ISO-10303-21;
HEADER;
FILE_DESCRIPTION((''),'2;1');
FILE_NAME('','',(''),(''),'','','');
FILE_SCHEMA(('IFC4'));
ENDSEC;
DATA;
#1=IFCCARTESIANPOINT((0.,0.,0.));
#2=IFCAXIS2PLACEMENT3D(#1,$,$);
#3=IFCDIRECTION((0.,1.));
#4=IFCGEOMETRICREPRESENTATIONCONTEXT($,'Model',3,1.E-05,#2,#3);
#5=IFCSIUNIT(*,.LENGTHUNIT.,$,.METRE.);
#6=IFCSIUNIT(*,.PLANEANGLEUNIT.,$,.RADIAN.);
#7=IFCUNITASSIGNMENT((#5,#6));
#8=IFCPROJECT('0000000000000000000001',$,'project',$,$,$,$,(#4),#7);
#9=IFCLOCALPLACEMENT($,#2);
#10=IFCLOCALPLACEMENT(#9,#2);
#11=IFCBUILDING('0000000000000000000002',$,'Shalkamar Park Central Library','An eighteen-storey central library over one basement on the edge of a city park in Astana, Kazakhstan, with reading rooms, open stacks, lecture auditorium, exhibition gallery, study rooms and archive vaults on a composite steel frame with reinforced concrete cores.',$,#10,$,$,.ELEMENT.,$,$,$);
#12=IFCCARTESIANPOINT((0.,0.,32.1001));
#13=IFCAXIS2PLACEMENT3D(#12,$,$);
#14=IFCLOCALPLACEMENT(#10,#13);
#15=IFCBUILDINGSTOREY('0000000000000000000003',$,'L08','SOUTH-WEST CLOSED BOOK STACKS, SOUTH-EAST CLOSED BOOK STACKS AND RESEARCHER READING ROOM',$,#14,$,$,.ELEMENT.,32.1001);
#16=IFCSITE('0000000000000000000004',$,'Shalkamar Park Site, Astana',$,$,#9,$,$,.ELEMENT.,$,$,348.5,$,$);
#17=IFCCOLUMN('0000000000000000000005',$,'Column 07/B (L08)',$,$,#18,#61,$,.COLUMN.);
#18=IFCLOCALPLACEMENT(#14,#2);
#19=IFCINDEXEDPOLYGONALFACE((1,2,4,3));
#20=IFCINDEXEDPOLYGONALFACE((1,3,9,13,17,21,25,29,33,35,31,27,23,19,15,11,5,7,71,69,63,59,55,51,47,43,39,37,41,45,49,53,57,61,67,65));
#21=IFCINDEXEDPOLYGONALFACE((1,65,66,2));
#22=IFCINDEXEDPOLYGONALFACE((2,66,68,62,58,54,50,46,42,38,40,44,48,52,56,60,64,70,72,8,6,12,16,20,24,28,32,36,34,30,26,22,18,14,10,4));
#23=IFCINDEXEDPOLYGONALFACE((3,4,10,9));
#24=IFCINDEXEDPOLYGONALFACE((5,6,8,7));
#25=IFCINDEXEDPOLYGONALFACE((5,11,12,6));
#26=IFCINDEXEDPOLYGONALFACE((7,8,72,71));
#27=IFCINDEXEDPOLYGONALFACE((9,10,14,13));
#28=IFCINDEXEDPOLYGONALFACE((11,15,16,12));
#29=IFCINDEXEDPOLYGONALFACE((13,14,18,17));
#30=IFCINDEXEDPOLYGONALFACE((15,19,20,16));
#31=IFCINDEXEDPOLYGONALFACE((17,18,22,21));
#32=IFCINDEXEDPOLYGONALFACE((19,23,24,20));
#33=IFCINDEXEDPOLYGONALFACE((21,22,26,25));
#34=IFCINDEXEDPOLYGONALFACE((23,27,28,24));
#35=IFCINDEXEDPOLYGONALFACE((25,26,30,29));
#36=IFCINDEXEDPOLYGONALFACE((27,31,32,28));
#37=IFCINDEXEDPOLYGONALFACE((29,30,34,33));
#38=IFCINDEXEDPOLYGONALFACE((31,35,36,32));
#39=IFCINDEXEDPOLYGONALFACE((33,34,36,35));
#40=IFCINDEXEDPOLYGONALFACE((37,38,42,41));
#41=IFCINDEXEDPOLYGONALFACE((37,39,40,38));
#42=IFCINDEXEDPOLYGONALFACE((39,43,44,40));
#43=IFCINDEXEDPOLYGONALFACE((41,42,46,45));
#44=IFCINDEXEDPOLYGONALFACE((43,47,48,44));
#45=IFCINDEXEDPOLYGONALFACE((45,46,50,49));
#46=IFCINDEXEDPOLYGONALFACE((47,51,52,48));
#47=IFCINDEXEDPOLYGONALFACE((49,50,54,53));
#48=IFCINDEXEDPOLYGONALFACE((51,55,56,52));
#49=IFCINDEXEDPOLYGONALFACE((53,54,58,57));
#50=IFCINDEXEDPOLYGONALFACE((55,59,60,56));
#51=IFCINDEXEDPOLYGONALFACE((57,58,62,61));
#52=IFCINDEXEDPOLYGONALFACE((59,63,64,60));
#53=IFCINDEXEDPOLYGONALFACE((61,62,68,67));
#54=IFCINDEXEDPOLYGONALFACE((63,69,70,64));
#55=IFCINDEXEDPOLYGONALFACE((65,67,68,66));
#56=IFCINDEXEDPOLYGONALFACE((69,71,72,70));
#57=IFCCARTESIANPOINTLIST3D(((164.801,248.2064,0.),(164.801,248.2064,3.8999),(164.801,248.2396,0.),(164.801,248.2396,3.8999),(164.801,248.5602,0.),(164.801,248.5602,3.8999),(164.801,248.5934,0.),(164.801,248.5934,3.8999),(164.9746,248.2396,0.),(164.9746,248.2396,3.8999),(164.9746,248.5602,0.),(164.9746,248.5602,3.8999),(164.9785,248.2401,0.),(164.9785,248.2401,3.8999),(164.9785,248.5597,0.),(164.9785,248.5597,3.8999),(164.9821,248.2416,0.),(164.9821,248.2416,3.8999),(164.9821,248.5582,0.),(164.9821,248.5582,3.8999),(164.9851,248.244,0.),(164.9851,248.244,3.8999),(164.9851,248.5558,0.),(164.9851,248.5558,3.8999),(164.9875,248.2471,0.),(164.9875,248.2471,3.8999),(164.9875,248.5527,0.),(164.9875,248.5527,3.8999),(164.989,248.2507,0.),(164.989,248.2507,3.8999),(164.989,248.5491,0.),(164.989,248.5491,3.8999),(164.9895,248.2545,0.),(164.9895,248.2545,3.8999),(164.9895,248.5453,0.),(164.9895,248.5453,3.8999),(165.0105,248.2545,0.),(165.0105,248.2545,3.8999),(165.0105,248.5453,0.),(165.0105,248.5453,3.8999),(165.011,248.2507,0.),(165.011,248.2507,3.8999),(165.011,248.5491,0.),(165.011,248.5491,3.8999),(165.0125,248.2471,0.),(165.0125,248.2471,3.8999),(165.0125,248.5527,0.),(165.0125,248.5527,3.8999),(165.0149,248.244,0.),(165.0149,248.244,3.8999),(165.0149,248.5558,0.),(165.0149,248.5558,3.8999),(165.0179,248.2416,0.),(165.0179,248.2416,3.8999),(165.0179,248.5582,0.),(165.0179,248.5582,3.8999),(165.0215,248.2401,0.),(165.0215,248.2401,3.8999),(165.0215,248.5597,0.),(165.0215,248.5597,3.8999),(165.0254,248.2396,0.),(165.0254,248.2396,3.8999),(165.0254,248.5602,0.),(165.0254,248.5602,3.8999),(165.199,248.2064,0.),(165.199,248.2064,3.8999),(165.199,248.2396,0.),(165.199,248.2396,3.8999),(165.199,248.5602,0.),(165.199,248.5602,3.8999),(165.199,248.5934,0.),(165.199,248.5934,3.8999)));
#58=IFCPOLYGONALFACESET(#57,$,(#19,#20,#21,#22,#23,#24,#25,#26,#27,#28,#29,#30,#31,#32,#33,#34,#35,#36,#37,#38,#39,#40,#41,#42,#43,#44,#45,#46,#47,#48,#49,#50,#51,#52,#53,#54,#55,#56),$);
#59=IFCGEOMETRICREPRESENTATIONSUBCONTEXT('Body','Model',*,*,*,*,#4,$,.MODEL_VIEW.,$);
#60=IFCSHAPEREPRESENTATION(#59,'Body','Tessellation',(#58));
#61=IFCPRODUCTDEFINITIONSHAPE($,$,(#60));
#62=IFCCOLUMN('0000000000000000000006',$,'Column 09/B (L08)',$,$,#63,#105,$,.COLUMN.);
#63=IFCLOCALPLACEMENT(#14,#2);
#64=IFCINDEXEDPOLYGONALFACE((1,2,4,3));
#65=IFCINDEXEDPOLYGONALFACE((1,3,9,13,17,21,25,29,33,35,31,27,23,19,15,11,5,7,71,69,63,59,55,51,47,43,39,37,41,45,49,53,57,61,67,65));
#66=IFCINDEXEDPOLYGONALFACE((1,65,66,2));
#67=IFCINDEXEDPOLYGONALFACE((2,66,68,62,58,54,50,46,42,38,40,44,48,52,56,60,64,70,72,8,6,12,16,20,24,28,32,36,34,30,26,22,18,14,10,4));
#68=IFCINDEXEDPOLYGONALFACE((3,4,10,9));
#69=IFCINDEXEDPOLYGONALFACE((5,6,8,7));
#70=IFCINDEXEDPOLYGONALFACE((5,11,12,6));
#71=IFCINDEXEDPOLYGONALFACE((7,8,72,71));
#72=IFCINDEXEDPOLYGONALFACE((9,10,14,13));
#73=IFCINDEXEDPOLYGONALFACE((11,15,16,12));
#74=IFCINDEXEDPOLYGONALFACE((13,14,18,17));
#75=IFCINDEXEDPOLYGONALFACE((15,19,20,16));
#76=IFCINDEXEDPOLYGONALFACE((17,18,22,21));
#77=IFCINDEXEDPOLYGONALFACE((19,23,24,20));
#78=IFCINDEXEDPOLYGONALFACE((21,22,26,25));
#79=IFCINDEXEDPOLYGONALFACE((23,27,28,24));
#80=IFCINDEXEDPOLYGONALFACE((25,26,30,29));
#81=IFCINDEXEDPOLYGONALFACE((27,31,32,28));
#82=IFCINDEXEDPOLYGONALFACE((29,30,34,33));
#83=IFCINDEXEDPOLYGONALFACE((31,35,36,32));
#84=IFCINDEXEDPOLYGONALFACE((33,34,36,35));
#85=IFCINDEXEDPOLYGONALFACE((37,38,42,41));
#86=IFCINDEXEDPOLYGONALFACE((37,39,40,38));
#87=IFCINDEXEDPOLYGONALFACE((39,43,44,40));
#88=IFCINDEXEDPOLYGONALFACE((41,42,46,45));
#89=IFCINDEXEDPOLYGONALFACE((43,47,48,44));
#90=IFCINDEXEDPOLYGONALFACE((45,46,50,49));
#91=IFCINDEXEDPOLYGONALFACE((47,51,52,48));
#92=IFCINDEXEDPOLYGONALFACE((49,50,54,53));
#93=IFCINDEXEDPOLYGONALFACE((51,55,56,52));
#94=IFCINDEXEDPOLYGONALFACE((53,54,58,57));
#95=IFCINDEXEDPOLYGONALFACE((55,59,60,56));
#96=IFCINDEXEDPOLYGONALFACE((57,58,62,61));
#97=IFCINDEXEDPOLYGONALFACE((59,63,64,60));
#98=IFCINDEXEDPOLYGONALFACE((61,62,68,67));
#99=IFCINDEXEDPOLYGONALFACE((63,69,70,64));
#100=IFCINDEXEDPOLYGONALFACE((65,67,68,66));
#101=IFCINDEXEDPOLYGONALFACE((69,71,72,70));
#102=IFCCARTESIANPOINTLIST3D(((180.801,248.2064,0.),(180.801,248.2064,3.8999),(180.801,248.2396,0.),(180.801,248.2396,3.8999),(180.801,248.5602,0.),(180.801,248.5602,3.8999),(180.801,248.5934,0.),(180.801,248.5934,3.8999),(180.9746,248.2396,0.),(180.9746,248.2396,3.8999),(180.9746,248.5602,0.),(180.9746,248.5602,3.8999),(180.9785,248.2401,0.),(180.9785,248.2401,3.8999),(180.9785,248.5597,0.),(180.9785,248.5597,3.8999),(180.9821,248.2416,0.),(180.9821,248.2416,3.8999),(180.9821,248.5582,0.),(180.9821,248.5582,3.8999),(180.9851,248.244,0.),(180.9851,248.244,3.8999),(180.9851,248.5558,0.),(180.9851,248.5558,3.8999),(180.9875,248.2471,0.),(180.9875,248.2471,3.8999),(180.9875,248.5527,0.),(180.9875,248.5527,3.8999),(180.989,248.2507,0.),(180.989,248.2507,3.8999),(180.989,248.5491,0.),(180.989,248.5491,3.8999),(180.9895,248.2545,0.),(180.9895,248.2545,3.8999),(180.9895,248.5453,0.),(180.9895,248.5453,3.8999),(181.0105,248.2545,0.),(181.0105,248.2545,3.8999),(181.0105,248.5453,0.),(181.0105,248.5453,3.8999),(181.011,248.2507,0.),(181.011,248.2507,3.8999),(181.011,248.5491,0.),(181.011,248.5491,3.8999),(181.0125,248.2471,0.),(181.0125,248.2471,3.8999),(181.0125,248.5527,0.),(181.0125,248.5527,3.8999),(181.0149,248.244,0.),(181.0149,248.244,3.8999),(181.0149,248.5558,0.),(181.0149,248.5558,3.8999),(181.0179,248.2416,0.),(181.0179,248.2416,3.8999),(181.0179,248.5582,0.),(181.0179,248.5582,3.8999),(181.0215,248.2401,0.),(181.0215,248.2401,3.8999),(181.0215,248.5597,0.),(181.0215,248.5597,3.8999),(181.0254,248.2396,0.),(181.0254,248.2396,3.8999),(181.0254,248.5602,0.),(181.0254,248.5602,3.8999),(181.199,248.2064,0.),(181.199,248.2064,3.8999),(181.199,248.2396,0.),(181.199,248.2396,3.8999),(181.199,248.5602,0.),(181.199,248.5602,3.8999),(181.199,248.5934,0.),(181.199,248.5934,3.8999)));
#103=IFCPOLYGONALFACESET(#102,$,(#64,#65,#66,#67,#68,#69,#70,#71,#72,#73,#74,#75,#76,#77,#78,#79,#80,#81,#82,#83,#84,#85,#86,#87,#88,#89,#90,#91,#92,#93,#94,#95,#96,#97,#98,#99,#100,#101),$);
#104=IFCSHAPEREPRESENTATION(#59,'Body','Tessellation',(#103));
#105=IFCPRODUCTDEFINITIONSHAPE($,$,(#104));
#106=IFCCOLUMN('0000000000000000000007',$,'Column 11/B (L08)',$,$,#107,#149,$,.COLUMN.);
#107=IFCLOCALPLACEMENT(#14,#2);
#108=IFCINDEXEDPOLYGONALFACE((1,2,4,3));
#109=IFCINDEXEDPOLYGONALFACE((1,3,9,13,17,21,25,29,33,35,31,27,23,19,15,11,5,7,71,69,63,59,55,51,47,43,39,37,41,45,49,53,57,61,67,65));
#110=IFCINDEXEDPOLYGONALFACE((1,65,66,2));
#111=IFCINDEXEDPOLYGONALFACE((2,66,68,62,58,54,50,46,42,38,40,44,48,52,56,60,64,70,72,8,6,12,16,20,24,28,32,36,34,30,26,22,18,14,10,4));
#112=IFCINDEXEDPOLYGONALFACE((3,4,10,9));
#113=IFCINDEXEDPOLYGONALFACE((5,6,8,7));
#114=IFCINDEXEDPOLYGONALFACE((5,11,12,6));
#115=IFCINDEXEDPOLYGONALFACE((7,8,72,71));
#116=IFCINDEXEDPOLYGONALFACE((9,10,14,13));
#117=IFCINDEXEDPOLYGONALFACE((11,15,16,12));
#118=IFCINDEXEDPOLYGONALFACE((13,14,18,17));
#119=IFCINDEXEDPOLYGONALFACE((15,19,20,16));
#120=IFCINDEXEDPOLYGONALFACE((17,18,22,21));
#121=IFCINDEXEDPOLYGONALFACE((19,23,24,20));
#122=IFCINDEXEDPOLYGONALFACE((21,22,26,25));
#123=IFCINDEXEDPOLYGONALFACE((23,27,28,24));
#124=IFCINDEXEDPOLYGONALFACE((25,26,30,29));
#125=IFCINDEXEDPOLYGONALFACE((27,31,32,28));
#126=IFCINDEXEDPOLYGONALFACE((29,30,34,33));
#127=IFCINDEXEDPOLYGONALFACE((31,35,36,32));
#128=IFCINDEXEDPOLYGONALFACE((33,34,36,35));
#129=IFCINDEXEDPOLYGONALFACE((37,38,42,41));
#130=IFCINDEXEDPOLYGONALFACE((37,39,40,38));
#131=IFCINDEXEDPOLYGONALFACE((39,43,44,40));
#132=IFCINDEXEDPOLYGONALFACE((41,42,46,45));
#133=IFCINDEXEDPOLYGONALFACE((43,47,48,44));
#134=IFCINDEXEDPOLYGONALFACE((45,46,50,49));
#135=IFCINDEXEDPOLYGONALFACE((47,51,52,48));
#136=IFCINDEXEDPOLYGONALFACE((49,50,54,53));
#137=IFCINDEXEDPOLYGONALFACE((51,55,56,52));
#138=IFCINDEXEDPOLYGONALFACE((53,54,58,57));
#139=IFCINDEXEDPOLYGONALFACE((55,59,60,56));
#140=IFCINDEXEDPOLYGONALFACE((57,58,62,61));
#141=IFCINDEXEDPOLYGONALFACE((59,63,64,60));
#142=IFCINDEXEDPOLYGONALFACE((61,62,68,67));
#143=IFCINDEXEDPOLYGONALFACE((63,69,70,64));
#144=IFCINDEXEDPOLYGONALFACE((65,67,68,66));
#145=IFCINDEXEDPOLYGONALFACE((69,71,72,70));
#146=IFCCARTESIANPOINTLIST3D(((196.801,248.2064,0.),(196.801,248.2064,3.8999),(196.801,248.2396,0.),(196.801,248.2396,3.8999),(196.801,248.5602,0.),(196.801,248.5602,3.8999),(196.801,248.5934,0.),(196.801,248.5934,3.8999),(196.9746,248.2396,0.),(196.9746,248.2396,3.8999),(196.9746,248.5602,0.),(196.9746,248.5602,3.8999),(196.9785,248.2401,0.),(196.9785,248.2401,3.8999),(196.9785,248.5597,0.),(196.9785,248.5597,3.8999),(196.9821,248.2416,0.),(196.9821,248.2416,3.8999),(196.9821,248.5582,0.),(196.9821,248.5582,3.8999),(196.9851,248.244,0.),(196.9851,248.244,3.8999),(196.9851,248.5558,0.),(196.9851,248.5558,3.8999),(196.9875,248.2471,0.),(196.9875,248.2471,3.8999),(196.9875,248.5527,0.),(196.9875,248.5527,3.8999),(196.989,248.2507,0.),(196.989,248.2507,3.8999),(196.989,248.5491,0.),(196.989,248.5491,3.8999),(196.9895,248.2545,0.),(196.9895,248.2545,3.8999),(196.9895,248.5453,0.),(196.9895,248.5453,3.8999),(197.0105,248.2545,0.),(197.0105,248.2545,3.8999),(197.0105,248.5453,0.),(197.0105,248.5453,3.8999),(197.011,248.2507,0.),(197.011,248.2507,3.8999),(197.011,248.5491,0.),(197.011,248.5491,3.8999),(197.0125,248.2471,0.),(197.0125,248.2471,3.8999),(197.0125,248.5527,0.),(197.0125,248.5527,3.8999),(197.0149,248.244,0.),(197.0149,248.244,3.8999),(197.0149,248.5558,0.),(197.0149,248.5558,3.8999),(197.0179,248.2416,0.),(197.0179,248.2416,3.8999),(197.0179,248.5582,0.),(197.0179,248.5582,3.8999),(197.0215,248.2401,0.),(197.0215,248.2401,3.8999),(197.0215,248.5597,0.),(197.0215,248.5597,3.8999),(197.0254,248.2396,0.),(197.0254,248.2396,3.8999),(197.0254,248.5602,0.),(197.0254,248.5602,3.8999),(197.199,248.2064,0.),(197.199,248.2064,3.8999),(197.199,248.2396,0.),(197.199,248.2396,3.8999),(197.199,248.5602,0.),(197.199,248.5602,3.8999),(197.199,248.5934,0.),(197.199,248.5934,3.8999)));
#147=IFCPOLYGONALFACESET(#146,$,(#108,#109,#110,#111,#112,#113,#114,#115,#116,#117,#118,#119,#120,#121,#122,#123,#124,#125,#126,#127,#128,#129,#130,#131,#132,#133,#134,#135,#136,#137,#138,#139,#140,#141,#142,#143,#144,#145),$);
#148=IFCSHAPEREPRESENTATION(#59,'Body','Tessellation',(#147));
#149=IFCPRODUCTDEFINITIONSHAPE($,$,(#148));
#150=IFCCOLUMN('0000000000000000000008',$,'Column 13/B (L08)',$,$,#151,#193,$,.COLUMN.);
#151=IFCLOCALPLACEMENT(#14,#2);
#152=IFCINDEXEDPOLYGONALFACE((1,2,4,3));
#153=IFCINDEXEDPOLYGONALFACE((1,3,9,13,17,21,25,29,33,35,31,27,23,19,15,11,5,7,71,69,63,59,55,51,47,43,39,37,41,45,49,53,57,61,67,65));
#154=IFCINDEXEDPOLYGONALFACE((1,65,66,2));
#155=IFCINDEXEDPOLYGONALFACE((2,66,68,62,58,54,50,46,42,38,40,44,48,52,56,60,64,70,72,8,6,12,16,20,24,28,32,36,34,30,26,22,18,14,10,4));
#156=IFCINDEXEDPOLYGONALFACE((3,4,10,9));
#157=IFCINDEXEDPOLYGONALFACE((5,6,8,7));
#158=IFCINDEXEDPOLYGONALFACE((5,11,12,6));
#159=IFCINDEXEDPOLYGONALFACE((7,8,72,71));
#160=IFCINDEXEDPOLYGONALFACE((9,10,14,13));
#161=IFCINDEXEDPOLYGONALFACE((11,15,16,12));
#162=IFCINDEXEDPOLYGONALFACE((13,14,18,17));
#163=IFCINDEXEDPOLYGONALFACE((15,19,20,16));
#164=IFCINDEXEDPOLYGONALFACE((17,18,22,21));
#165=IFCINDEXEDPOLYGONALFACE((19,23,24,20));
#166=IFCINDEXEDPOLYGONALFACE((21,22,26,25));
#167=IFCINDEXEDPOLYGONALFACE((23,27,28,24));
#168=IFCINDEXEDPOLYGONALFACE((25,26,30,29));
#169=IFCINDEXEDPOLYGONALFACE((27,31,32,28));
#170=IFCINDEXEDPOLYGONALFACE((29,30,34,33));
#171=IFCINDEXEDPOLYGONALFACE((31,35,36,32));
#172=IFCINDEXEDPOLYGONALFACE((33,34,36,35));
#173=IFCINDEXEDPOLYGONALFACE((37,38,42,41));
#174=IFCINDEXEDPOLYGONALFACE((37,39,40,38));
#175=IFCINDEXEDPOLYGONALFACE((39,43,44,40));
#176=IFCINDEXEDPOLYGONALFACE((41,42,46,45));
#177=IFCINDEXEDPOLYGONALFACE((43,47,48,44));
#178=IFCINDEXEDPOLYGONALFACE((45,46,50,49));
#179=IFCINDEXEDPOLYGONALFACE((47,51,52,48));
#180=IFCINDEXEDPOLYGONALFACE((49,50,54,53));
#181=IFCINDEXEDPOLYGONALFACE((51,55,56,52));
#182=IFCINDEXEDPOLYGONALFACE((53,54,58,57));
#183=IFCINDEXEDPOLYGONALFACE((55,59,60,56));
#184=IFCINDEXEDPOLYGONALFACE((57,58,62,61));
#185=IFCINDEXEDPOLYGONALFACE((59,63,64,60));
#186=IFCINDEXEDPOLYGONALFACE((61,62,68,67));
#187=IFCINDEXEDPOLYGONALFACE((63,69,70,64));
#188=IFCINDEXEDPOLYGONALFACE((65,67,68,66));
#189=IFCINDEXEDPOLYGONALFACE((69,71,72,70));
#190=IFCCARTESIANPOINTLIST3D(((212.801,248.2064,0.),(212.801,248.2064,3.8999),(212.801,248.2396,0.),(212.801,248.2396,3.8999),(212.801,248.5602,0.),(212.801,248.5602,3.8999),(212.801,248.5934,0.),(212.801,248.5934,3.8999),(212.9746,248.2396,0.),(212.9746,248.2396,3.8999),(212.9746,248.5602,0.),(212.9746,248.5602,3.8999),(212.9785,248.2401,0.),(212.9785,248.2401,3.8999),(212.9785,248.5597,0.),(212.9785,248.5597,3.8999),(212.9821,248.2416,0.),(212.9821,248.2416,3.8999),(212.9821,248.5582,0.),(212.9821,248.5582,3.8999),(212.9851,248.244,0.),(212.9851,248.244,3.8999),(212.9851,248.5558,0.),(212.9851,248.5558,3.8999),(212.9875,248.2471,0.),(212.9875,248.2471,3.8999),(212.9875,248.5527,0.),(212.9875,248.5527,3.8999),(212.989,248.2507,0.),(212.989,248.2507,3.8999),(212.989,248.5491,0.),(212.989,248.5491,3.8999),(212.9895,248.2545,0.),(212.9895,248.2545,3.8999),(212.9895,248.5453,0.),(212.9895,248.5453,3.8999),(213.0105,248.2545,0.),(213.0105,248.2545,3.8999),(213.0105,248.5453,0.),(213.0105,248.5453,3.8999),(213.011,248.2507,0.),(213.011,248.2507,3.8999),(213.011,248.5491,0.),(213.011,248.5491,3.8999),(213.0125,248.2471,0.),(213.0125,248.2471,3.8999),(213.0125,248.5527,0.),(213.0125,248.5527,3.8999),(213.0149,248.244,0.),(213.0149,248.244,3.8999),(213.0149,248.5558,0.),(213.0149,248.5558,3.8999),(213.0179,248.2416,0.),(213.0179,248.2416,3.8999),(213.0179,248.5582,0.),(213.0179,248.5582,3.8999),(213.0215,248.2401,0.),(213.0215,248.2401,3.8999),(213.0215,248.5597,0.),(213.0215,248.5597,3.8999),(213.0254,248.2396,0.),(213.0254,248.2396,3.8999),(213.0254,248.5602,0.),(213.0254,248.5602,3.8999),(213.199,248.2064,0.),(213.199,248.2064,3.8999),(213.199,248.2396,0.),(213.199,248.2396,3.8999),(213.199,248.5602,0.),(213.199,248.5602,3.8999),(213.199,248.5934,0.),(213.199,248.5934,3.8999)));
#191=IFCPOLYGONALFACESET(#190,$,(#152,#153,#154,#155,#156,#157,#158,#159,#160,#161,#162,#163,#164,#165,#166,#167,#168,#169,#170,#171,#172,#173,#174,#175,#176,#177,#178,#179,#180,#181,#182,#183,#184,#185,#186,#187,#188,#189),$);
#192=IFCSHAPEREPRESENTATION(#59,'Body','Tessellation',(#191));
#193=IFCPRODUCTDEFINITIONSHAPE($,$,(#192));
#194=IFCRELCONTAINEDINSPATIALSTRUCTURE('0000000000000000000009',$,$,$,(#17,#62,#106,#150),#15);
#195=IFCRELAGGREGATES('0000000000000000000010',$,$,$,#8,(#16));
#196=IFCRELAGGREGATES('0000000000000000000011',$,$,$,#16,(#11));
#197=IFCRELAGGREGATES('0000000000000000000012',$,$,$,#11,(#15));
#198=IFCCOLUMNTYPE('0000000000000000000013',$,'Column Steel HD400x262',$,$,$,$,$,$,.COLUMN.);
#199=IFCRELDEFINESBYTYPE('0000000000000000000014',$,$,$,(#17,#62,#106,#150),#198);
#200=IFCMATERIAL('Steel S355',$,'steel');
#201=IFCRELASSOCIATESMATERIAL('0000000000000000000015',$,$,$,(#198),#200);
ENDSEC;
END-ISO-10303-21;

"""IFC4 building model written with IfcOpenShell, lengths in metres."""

from ifc_helpers import new_model, si_unit, direction, frame, origin, origin_2d, place, context, subcontext, project, spatial, i_section, extrude, material, material_profile, profile_set, type_object, element, save


model = new_model("IFC4")

# Units and contexts
model_context = context("Model", 3, precision=1e-05, world=origin(), true_north=direction((0.0, 1.0)))
body_context = subcontext(model_context, "Body", "Model", "MODEL_VIEW")
ifc_project = project(units=[si_unit("LENGTHUNIT", "METRE"), si_unit("PLANEANGLEUNIT", "RADIAN")], contexts=[model_context])

# Site, building, storey
site_placement = place(None, origin())
site = spatial("IfcSite", under=ifc_project, at=site_placement, Name="Shalkamar Park Site, Astana", CompositionType="ELEMENT", RefElevation=348.5)
building_placement = place(site_placement, origin())
building = spatial("IfcBuilding", under=site, at=building_placement, Name="Shalkamar Park Central Library", Description="An eighteen-storey central library over one basement on the edge of a city park in Astana, Kazakhstan, with reading rooms, open stacks, lecture auditorium, exhibition gallery, study rooms and archive vaults on a composite steel frame with reinforced concrete cores.", CompositionType="ELEMENT")
storey_placement = place(building_placement, frame((0.0, 0.0, 32.1001)))
storey = spatial("IfcBuildingStorey", under=building, at=storey_placement, Name="L08", Description="SOUTH-WEST CLOSED BOOK STACKS, SOUTH-EAST CLOSED BOOK STACKS AND RESEARCHER READING ROOM", CompositionType="ELEMENT", Elevation=32.1001)

# Columns
ifc_material_1 = material(Name="Steel S355", Category="steel")
ifc_material_profile_1 = material_profile(ifc_material_1, i_section(OverallWidth=0.3979, OverallDepth=0.387, WebThickness=0.021, FlangeThickness=0.0332, FilletRadius=0.0149, at=origin_2d()), Name="HD 400x262")
ifc_profile_set_1 = profile_set([ifc_material_profile_1], Name="Steel S355")
column_type_1 = type_object("IfcColumnType", Name="Column Steel HD400x262", PredefinedType="COLUMN", material=ifc_profile_set_1)
for number, where, z_axis, x_axis, name in (
    (1, (165.0, 248.3999, 0.0), (0.0, 0.0, 1.0), (1.0, 0.0, 0.0), "Column 07/B (L08)"),
    (2, (181.0, 248.3999, 0.0), (0.0, 0.0, 1.0), (1.0, 0.0, 0.0), "Column 09/B (L08)"),
    (3, (197.0, 248.3999, 0.0), (0.0, 0.0, 1.0), (1.0, 0.0, 0.0), "Column 11/B (L08)"),
    (4, (213.0, 248.3999, 0.0), (0.0, 0.0, 1.0), (1.0, 0.0, 0.0), "Column 13/B (L08)"),
):
    element("IfcColumn", number, at=place(storey_placement, frame(where, z_axis=z_axis, x_axis=x_axis)), inside=storey, type_object=column_type_1, Name=name, PredefinedType="COLUMN", context=body_context, shape_type="SweptSolid", body=[
        extrude(i_section(OverallWidth=0.3979, OverallDepth=0.387, WebThickness=0.021, FlangeThickness=0.0332, FilletRadius=0.0149, at=origin_2d()), origin(), (0.0, 0.0, 1.0), 3.8999),
    ])

save(model, "model.ifc")
